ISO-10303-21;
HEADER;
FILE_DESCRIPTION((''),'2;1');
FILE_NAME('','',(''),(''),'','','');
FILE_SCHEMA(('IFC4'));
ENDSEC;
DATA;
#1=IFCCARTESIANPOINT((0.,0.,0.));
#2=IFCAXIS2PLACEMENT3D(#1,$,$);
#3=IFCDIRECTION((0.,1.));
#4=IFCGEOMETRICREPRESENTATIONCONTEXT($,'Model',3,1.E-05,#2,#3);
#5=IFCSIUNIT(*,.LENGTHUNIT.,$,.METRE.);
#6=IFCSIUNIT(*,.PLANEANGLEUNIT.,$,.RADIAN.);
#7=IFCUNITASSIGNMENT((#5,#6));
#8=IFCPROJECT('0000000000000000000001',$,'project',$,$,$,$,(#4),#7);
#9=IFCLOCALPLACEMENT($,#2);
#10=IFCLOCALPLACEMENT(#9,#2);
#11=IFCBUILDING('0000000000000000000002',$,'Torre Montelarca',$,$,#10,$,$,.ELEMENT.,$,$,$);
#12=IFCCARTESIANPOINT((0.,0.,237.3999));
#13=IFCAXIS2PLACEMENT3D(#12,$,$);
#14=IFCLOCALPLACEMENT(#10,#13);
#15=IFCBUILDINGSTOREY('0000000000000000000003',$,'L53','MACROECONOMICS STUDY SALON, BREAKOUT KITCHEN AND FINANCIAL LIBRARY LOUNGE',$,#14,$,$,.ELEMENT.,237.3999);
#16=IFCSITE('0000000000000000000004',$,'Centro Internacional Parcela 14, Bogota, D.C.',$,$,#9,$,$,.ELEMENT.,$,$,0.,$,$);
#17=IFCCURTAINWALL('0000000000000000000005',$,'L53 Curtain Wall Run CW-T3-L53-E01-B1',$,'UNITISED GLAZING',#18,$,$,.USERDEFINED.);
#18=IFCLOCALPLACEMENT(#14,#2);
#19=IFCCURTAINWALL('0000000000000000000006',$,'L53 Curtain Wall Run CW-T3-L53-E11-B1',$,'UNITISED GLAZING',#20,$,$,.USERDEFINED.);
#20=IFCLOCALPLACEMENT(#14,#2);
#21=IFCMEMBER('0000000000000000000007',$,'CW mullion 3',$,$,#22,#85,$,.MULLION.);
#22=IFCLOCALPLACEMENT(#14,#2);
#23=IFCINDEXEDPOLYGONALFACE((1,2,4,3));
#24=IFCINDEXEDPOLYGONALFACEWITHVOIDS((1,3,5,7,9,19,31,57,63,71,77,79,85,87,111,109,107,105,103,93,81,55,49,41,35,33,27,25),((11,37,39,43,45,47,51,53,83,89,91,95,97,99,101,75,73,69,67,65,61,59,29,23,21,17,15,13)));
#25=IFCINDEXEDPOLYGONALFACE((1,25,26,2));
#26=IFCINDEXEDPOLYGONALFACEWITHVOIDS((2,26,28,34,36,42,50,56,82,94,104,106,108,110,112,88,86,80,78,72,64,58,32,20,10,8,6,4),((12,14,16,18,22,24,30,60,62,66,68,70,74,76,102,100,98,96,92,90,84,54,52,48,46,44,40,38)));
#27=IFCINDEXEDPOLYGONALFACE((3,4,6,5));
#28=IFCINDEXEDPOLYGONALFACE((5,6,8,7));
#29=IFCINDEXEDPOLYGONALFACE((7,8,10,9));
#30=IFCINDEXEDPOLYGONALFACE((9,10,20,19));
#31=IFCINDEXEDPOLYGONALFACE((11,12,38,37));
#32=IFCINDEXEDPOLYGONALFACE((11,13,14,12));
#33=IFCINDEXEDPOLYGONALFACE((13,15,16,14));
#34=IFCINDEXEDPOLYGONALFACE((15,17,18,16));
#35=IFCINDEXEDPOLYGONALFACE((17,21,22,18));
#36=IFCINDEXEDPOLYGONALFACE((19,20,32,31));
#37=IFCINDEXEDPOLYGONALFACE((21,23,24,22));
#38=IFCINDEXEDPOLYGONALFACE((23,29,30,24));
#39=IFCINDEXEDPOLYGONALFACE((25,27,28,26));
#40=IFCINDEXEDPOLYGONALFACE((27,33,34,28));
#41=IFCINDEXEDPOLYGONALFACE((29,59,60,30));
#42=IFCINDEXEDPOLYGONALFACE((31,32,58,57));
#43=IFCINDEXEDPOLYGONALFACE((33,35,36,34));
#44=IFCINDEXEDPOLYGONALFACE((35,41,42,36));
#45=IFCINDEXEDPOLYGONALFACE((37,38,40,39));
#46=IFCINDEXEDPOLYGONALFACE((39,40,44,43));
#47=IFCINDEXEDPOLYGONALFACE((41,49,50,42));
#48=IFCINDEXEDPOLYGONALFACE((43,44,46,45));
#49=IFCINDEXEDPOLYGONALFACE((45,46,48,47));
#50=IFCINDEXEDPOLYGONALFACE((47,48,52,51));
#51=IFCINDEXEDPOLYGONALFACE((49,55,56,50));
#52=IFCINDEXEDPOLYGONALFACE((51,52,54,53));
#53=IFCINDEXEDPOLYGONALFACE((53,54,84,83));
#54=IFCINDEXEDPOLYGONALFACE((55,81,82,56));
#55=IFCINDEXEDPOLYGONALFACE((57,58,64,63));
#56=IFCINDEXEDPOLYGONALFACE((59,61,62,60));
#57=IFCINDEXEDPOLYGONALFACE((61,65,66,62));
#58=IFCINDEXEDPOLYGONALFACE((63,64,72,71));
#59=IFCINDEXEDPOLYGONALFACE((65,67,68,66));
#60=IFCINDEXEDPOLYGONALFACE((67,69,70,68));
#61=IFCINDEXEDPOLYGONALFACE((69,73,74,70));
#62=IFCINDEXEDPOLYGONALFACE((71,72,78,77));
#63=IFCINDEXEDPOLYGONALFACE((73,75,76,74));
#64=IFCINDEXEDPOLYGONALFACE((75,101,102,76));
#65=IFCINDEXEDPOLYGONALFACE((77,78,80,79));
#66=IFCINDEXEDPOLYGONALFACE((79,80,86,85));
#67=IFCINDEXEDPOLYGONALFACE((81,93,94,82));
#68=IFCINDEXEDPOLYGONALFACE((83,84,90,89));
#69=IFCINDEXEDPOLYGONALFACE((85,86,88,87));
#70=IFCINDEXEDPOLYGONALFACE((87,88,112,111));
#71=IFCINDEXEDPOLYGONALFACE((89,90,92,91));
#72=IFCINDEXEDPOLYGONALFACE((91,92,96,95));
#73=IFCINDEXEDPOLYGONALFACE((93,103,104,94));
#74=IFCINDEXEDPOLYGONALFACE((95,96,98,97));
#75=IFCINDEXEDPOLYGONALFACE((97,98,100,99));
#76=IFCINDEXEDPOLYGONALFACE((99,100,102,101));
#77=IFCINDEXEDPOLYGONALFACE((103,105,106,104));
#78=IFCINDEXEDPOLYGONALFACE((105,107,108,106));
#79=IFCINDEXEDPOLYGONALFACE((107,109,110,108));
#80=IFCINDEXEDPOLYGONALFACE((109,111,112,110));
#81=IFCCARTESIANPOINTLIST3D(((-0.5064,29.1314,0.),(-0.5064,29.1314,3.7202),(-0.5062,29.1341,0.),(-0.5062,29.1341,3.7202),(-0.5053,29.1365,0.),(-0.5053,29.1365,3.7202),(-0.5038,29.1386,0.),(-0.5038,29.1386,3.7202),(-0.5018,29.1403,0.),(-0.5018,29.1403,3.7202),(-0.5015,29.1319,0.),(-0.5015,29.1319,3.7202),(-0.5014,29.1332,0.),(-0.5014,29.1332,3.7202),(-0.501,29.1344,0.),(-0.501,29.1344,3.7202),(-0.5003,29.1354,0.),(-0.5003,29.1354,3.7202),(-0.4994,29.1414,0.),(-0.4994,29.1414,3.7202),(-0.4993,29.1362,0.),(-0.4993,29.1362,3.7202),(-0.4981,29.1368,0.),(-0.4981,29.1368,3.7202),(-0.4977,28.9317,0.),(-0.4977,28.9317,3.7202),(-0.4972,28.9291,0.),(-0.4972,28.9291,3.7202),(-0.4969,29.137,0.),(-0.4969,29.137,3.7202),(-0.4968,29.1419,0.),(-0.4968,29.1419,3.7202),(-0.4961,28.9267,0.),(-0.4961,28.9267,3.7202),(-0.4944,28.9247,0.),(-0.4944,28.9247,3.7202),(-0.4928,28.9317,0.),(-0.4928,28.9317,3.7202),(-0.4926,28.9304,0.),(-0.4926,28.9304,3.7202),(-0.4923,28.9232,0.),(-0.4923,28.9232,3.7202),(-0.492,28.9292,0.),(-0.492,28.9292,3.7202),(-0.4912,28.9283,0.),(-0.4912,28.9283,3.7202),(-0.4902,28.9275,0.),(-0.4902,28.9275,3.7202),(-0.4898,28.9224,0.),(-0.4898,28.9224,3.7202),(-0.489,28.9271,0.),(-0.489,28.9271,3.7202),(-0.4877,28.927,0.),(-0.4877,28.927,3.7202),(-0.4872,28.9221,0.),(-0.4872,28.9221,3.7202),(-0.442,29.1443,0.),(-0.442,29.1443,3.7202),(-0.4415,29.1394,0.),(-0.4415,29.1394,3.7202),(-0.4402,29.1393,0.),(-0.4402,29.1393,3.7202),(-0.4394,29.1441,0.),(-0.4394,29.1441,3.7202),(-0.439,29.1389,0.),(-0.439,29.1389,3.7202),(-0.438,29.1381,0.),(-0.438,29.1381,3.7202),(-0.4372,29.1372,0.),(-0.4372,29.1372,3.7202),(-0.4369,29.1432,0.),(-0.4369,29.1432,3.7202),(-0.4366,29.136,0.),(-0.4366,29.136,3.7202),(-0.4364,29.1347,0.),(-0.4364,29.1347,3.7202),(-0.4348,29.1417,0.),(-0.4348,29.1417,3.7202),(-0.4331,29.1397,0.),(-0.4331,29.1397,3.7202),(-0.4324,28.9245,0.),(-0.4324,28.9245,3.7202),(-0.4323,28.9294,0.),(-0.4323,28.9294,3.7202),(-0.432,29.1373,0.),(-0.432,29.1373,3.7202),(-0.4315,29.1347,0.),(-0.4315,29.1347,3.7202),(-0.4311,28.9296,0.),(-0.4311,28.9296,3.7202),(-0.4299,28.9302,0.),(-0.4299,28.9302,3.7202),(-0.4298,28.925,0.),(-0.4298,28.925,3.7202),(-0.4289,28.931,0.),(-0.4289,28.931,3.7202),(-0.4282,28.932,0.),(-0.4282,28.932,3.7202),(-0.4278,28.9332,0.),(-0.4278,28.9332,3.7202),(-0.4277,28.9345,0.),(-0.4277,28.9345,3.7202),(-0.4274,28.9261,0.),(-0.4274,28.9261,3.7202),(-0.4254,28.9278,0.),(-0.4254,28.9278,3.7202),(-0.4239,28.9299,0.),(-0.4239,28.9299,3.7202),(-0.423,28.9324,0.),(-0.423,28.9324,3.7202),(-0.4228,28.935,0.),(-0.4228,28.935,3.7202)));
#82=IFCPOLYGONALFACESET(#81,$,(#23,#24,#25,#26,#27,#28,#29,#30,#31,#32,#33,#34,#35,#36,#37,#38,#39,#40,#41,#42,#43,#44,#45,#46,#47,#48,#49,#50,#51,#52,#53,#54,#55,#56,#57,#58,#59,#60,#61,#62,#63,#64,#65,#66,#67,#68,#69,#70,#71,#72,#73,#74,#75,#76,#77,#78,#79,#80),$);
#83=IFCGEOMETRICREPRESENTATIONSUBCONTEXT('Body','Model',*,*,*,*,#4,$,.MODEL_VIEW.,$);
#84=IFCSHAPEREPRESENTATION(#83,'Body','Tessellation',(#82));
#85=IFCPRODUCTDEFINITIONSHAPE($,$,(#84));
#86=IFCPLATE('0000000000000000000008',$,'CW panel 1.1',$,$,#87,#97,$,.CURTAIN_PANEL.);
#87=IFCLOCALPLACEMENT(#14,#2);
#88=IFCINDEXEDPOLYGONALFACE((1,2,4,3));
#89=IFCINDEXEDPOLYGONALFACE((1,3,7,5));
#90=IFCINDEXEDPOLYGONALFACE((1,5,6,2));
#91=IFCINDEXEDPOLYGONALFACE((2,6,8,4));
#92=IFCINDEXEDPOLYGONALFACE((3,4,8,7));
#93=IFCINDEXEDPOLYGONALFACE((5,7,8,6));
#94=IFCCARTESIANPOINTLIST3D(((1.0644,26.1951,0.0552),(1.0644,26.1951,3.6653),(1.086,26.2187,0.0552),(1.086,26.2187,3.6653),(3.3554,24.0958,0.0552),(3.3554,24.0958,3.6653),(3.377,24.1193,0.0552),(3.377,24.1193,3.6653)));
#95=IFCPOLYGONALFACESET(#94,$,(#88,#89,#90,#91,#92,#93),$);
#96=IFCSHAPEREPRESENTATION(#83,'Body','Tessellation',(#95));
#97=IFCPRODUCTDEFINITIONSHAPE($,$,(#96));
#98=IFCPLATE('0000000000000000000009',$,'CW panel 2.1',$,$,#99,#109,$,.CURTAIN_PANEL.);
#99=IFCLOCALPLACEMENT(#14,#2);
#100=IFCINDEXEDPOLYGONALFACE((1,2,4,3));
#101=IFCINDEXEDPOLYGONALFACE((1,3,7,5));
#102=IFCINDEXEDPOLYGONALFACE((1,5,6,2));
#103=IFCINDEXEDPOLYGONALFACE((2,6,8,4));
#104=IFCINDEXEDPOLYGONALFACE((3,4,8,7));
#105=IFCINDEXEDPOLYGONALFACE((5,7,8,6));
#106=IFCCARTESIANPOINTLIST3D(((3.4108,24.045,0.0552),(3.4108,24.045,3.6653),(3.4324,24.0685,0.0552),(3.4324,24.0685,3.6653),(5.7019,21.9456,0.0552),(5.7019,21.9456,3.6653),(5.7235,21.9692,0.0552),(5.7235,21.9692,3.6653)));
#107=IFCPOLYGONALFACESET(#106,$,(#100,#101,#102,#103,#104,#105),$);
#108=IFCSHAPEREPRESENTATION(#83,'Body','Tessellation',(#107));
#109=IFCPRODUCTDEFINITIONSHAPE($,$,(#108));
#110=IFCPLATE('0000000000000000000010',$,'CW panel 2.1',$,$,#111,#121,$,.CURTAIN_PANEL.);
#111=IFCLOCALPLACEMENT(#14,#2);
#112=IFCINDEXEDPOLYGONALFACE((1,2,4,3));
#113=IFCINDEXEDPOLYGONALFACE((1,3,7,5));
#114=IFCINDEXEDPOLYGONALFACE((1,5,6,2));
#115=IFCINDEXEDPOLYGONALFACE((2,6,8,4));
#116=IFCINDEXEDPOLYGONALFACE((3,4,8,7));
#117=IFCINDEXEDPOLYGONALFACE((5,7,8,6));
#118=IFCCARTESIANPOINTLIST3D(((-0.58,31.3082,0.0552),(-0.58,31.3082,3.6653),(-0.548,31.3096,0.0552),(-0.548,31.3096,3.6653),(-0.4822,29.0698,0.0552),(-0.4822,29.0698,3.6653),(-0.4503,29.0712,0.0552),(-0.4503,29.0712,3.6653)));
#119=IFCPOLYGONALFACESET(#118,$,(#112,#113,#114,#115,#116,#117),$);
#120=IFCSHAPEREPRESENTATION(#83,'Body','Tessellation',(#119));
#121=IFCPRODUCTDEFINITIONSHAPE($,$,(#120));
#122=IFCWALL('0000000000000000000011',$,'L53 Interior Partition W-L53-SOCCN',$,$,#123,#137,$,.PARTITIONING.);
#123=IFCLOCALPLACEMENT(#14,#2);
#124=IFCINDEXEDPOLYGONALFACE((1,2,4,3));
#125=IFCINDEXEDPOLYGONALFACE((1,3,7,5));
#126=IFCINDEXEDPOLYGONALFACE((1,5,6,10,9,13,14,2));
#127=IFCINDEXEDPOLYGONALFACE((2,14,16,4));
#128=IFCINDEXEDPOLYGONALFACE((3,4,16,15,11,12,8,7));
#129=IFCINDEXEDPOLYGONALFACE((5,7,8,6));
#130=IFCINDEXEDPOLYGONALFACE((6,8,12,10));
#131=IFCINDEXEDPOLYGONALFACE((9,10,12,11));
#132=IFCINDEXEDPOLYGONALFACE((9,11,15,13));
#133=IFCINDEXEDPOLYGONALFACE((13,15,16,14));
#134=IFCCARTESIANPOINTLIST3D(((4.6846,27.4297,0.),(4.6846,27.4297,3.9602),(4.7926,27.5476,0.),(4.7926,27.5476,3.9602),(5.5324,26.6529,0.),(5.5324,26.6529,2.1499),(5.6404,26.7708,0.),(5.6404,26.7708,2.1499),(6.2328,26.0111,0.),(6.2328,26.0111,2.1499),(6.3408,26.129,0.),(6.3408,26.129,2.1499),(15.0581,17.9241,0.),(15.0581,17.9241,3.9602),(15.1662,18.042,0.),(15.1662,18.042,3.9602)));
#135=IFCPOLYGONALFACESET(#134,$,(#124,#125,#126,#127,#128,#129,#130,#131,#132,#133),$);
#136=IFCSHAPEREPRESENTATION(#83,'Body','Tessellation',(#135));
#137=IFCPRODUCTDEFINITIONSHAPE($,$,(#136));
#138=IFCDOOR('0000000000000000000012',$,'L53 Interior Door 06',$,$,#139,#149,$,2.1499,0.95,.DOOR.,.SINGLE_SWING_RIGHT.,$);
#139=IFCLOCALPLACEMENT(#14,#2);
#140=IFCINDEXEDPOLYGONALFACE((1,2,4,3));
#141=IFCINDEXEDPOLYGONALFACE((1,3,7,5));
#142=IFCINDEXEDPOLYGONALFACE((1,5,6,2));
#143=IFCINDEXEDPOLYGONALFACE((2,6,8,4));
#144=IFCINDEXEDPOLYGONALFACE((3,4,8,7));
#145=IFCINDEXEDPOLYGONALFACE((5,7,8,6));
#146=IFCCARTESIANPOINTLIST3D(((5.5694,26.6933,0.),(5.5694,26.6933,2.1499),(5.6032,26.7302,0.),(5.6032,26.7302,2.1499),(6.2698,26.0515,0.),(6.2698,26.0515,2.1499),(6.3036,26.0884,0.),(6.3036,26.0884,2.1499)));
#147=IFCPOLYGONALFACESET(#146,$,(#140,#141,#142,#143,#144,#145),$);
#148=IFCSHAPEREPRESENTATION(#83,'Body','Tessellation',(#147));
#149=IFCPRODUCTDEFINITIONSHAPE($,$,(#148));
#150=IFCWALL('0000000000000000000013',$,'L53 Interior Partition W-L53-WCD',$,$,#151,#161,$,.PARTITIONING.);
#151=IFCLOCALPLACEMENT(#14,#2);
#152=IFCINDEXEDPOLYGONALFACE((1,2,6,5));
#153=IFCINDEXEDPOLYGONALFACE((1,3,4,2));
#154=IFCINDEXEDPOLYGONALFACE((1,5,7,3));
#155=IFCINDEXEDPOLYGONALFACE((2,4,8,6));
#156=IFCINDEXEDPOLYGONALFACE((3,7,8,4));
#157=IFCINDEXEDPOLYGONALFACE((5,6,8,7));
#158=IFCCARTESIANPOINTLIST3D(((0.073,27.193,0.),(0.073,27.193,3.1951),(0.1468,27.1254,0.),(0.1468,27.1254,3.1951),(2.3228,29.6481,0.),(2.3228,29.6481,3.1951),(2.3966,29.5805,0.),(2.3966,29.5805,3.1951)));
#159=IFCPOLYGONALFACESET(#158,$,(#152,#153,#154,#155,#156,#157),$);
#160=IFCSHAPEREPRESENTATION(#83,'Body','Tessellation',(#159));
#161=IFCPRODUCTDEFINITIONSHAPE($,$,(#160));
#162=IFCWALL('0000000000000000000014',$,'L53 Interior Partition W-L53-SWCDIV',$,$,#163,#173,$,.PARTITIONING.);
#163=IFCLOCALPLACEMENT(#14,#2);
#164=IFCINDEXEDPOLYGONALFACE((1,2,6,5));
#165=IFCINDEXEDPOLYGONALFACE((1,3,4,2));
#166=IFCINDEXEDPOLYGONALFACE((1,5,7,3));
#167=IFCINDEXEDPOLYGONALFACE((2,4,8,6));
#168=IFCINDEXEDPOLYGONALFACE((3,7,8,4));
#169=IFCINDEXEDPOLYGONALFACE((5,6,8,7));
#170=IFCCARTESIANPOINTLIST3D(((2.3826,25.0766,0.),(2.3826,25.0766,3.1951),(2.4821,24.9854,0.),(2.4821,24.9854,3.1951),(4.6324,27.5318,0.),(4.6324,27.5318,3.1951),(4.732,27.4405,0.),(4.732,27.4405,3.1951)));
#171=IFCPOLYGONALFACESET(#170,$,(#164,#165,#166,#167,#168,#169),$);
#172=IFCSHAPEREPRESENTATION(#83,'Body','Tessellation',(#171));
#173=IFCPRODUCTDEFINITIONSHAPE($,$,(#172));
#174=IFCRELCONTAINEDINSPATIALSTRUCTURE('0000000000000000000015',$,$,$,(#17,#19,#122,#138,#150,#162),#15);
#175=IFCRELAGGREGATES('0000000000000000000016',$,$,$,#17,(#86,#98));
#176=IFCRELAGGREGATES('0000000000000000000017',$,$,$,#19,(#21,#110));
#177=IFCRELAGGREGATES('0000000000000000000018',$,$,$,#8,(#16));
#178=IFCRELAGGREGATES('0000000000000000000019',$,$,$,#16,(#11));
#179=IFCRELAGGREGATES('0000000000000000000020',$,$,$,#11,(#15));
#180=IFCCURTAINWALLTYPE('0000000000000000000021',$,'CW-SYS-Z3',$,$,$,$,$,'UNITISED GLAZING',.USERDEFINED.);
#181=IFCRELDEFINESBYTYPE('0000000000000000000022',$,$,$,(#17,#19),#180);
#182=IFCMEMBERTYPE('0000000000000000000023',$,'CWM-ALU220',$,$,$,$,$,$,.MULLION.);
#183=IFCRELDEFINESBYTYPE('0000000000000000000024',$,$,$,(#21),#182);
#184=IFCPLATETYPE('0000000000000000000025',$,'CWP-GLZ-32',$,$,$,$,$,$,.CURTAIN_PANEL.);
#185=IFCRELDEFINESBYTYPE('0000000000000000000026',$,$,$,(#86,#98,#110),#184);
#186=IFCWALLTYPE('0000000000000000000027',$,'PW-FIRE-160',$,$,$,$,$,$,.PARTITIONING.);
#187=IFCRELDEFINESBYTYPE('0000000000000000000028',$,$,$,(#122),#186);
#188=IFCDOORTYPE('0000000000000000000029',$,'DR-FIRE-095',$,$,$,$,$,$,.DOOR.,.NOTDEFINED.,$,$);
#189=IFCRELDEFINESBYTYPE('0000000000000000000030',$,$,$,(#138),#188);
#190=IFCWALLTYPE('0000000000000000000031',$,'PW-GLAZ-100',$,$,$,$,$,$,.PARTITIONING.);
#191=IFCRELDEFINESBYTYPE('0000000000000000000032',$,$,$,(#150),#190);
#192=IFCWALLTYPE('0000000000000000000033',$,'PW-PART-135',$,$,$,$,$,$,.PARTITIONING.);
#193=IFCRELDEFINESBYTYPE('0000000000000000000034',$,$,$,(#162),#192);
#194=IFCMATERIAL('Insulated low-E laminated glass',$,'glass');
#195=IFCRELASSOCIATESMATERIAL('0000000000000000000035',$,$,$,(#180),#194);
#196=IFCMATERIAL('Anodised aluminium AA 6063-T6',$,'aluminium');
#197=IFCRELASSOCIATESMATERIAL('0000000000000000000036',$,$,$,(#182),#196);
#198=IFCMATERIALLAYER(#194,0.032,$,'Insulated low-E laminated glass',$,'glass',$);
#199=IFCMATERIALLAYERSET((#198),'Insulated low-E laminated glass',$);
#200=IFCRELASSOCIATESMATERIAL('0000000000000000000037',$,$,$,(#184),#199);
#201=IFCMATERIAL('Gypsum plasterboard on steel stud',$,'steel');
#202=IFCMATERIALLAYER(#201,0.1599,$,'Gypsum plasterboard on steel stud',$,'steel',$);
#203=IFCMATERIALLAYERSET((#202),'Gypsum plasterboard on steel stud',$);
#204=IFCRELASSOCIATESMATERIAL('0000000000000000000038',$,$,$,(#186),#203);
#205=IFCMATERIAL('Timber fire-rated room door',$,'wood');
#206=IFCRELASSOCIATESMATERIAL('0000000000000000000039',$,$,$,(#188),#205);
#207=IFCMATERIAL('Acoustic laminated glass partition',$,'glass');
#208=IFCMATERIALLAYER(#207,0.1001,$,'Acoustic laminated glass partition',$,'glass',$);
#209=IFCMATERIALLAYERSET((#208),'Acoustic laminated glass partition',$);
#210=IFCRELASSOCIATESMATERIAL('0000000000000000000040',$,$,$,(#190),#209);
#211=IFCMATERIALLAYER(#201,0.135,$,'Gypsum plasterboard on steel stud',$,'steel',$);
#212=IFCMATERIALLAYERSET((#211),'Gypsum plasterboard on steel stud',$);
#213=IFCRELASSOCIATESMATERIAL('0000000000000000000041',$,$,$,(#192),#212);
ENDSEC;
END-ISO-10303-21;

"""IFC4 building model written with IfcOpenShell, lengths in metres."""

from ifc_helpers import new_model, si_unit, direction, frame, frame_2d, origin, origin_2d, place, context, subcontext, project, spatial, rectangle, hollow_rectangle, extrude, source, transform, mapped, material, layer, layer_set, material_profile, profile_set, type_object, element, fill, aggregate, save


model = new_model("IFC4")

# Units and contexts
model_context = context("Model", 3, precision=1e-05, world=origin(), true_north=direction((0.0, 1.0)))
body_context = subcontext(model_context, "Body", "Model", "MODEL_VIEW")
ifc_project = project(units=[si_unit("LENGTHUNIT", "METRE"), si_unit("PLANEANGLEUNIT", "RADIAN")], contexts=[model_context])

# Site, building, storey
site_placement = place(None, origin())
site = spatial("IfcSite", under=ifc_project, at=site_placement, Name="Centro Internacional Parcela 14, Bogota, D.C.", CompositionType="ELEMENT", RefElevation=0.0)
building_placement = place(site_placement, origin())
building = spatial("IfcBuilding", under=site, at=building_placement, Name="Torre Montelarca", CompositionType="ELEMENT")
storey_placement = place(building_placement, frame((0.0, 0.0, 237.3999)))
storey = spatial("IfcBuildingStorey", under=building, at=storey_placement, Name="L53", Description="MACROECONOMICS STUDY SALON, BREAKOUT KITCHEN AND FINANCIAL LIBRARY LOUNGE", CompositionType="ELEMENT", Elevation=237.3999)

# Curtain wall
ifc_material_1 = material(Name="Insulated low-E laminated glass", Category="glass")
curtain_wall_type = type_object("IfcCurtainWallType", Name="CW-SYS-Z3", ElementType="UNITISED GLAZING", PredefinedType="USERDEFINED", material=ifc_material_1)
curtain_wall_1_placement = place(storey_placement, origin())
curtain_wall_1 = element("IfcCurtainWall", 1, at=curtain_wall_1_placement, inside=storey, type_object=curtain_wall_type, Name="L53 Curtain Wall Run CW-T3-L53-E01-B1", ObjectType="UNITISED GLAZING", PredefinedType="USERDEFINED")
ifc_material_2 = material(Name="Anodised aluminium AA 6063-T6", Category="aluminium")
ifc_material_profile_1 = material_profile(ifc_material_2, hollow_rectangle(XDim=0.075, YDim=0.22, WallThickness=0.0049, InnerFilletRadius=0.0049, OuterFilletRadius=0.01, at=origin_2d()), Name="ALU75X220X5", Category="aluminium")
ifc_profile_set_1 = profile_set([ifc_material_profile_1], Name="Anodised aluminium AA 6063-T6")
member_type_1 = type_object("IfcMemberType", Name="CWM-ALU220", PredefinedType="MULLION", material=ifc_profile_set_1)
shared_shape_1 = source(origin(), body_context, "Body", "SweptSolid", [
    extrude(hollow_rectangle(XDim=0.075, YDim=0.22, WallThickness=0.0049, InnerFilletRadius=0.0049, OuterFilletRadius=0.01, at=origin_2d()), origin(), (0.0, 0.0, 1.0), 3.7202),
])

# Curtain wall, member
curtain_wall_2_placement = place(storey_placement, origin())
curtain_wall_2 = element("IfcCurtainWall", 2, at=curtain_wall_2_placement, inside=storey, type_object=curtain_wall_type, Name="L53 Curtain Wall Run CW-T3-L53-E11-B1", ObjectType="UNITISED GLAZING", PredefinedType="USERDEFINED")
member_1_placement = place(storey_placement, frame((-0.4646, 29.0332, 0.0), z_axis=(0.0, 0.0, 1.0), x_axis=(0.999048, 0.043625, 0.0)))
member_1 = element("IfcMember", 3, at=member_1_placement, type_object=member_type_1, Name="CW mullion 3", PredefinedType="MULLION", context=body_context, shape_type="MappedRepresentation", body=[
    mapped(shared_shape_1, transform((0.0, 0.0, 0.0), scale=1.0)),
])

# Plates
ifc_layer_1 = layer(ifc_material_1, 0.032, Name="Insulated low-E laminated glass", Category="glass")
ifc_layer_set_1 = layer_set([ifc_layer_1], Name="Insulated low-E laminated glass")
plate_type = type_object("IfcPlateType", Name="CWP-GLZ-32", PredefinedType="CURTAIN_PANEL", material=ifc_layer_set_1)
shared_shape_2 = source(origin(), body_context, "Body", "SweptSolid", [
    extrude(rectangle(XDim=3.1074, YDim=0.032, at=origin_2d()), origin(), (0.0, 0.0, 1.0), 3.6101),
])
plate_1_placement = place(storey_placement, frame((2.2207, 25.1572, 0.0552), z_axis=(0.0, 0.0, 1.0), x_axis=(0.73728, -0.675588, 0.0)))
plate_1 = element("IfcPlate", 4, at=plate_1_placement, type_object=plate_type, Name="CW panel 1.1", PredefinedType="CURTAIN_PANEL", context=body_context, shape_type="MappedRepresentation", body=[
    mapped(shared_shape_2, transform((0.0, 0.0, 0.0), scale=1.0)),
])
plate_2_placement = place(storey_placement, frame((4.5671, 23.0071, 0.0552), z_axis=(0.0, 0.0, 1.0), x_axis=(0.73728, -0.675588, 0.0)))
plate_2 = element("IfcPlate", 5, at=plate_2_placement, type_object=plate_type, Name="CW panel 2.1", PredefinedType="CURTAIN_PANEL", context=body_context, shape_type="MappedRepresentation", body=[
    mapped(shared_shape_2, transform((0.0, 0.0, 0.0), scale=1.0)),
])
aggregate(curtain_wall_1, [plate_1, plate_2])
shared_shape_3 = source(origin(), body_context, "Body", "SweptSolid", [
    extrude(rectangle(XDim=2.2405, YDim=0.032, at=origin_2d()), origin(), (0.0, 0.0, 1.0), 3.6101),
])
plate_3_placement = place(storey_placement, frame((-0.5151, 30.1897, 0.0552), z_axis=(0.0, 0.0, 1.0), x_axis=(0.043625, -0.999048, 0.0)))
plate_3 = element("IfcPlate", 6, at=plate_3_placement, type_object=plate_type, Name="CW panel 2.1", PredefinedType="CURTAIN_PANEL", context=body_context, shape_type="MappedRepresentation", body=[
    mapped(shared_shape_3, transform((0.0, 0.0, 0.0), scale=1.0)),
])
aggregate(curtain_wall_2, [member_1, plate_3])

# Wall, opening, door
ifc_material_3 = material(Name="Gypsum plasterboard on steel stud", Category="steel")
ifc_layer_2 = layer(ifc_material_3, 0.1599, Name="Gypsum plasterboard on steel stud", Category="steel")
ifc_layer_set_2 = layer_set([ifc_layer_2], Name="Gypsum plasterboard on steel stud")
wall_type_1 = type_object("IfcWallType", Name="PW-FIRE-160", PredefinedType="PARTITIONING", material=ifc_layer_set_2)
wall_1_placement = place(storey_placement, frame((4.7385, 27.4888, 0.0), z_axis=(0.0, 0.0, 1.0), x_axis=(0.737277, -0.675591, 0.0)))
wall_1 = element("IfcWall", 7, at=wall_1_placement, inside=storey, type_object=wall_type_1, Name="L53 Interior Partition W-L53-SOCCN", PredefinedType="PARTITIONING", context=body_context, shape_type="SweptSolid", body=[
    extrude(rectangle(XDim=14.0701, YDim=0.1599, at=frame_2d((7.0352, 0.0))), origin(), (0.0, 0.0, 1.0), 3.9602),
])
opening_placement = place(wall_1_placement, frame((1.1499, 0.0, 0.0)))
opening = element("IfcOpeningElement", 8, at=opening_placement, cuts=wall_1, PredefinedType="OPENING", context=body_context, shape_type="SweptSolid", body=[
    extrude(rectangle(XDim=0.95, YDim=2.1499, at=frame_2d((0.4751, 1.075))), frame((0.0, 0.0898, 0.0), z_axis=(0.0, -1.0, 0.0), x_axis=(1.0, 0.0, 0.0)), (0.0, 0.0, 1.0), 0.1799),
])
ifc_material_4 = material(Name="Timber fire-rated room door", Category="wood")
door_type = type_object("IfcDoorType", Name="DR-FIRE-095", OperationType="NOTDEFINED", PredefinedType="DOOR", material=ifc_material_4)
shared_shape_4 = source(origin(), body_context, "Body", "SweptSolid", [
    extrude(rectangle(XDim=0.95, YDim=2.1499, at=frame_2d((0.4751, 1.075))), frame((0.0, 0.0249, 0.0), z_axis=(0.0, -1.0, 0.0), x_axis=(1.0, 0.0, 0.0)), (0.0, 0.0, 1.0), 0.05),
])
door_placement = place(opening_placement, origin())
door = element("IfcDoor", 9, at=door_placement, inside=storey, type_object=door_type, Name="L53 Interior Door 06", OperationType="SINGLE_SWING_RIGHT", OverallHeight=2.1499, OverallWidth=0.95, PredefinedType="DOOR", context=body_context, shape_type="MappedRepresentation", body=[
    mapped(shared_shape_4, transform((0.0, 0.0, 0.0), scale=1.0)),
])
fill(opening, door)

# Walls
ifc_material_5 = material(Name="Acoustic laminated glass partition", Category="glass")
ifc_layer_3 = layer(ifc_material_5, 0.1001, Name="Acoustic laminated glass partition", Category="glass")
ifc_layer_set_3 = layer_set([ifc_layer_3], Name="Acoustic laminated glass partition")
wall_type_2 = type_object("IfcWallType", Name="PW-GLAZ-100", PredefinedType="PARTITIONING", material=ifc_layer_set_3)
wall_2_placement = place(storey_placement, frame((0.1099, 27.1592, 0.0), z_axis=(0.0, 0.0, 1.0), x_axis=(0.675605, 0.737264, 0.0)))
element("IfcWall", 10, at=wall_2_placement, inside=storey, type_object=wall_type_2, Name="L53 Interior Partition W-L53-WCD", PredefinedType="PARTITIONING", context=body_context, shape_type="SweptSolid", body=[
    extrude(rectangle(XDim=3.3301, YDim=0.1001, at=frame_2d((1.665, 0.0))), origin(), (0.0, 0.0, 1.0), 3.1951),
])
ifc_layer_4 = layer(ifc_material_3, 0.135, Name="Gypsum plasterboard on steel stud", Category="steel")
ifc_layer_set_4 = layer_set([ifc_layer_4], Name="Gypsum plasterboard on steel stud")
wall_type_3 = type_object("IfcWallType", Name="PW-PART-135", PredefinedType="PARTITIONING", material=ifc_layer_set_4)
wall_3_placement = place(storey_placement, frame((2.4324, 25.031, 0.0), z_axis=(0.0, 0.0, 1.0), x_axis=(0.675605, 0.737264, 0.0)))
element("IfcWall", 11, at=wall_3_placement, inside=storey, type_object=wall_type_3, Name="L53 Interior Partition W-L53-SWCDIV", PredefinedType="PARTITIONING", context=body_context, shape_type="SweptSolid", body=[
    extrude(rectangle(XDim=3.3301, YDim=0.135, at=frame_2d((1.665, 0.0))), origin(), (0.0, 0.0, 1.0), 3.1951),
])

save(model, "model.ifc")
